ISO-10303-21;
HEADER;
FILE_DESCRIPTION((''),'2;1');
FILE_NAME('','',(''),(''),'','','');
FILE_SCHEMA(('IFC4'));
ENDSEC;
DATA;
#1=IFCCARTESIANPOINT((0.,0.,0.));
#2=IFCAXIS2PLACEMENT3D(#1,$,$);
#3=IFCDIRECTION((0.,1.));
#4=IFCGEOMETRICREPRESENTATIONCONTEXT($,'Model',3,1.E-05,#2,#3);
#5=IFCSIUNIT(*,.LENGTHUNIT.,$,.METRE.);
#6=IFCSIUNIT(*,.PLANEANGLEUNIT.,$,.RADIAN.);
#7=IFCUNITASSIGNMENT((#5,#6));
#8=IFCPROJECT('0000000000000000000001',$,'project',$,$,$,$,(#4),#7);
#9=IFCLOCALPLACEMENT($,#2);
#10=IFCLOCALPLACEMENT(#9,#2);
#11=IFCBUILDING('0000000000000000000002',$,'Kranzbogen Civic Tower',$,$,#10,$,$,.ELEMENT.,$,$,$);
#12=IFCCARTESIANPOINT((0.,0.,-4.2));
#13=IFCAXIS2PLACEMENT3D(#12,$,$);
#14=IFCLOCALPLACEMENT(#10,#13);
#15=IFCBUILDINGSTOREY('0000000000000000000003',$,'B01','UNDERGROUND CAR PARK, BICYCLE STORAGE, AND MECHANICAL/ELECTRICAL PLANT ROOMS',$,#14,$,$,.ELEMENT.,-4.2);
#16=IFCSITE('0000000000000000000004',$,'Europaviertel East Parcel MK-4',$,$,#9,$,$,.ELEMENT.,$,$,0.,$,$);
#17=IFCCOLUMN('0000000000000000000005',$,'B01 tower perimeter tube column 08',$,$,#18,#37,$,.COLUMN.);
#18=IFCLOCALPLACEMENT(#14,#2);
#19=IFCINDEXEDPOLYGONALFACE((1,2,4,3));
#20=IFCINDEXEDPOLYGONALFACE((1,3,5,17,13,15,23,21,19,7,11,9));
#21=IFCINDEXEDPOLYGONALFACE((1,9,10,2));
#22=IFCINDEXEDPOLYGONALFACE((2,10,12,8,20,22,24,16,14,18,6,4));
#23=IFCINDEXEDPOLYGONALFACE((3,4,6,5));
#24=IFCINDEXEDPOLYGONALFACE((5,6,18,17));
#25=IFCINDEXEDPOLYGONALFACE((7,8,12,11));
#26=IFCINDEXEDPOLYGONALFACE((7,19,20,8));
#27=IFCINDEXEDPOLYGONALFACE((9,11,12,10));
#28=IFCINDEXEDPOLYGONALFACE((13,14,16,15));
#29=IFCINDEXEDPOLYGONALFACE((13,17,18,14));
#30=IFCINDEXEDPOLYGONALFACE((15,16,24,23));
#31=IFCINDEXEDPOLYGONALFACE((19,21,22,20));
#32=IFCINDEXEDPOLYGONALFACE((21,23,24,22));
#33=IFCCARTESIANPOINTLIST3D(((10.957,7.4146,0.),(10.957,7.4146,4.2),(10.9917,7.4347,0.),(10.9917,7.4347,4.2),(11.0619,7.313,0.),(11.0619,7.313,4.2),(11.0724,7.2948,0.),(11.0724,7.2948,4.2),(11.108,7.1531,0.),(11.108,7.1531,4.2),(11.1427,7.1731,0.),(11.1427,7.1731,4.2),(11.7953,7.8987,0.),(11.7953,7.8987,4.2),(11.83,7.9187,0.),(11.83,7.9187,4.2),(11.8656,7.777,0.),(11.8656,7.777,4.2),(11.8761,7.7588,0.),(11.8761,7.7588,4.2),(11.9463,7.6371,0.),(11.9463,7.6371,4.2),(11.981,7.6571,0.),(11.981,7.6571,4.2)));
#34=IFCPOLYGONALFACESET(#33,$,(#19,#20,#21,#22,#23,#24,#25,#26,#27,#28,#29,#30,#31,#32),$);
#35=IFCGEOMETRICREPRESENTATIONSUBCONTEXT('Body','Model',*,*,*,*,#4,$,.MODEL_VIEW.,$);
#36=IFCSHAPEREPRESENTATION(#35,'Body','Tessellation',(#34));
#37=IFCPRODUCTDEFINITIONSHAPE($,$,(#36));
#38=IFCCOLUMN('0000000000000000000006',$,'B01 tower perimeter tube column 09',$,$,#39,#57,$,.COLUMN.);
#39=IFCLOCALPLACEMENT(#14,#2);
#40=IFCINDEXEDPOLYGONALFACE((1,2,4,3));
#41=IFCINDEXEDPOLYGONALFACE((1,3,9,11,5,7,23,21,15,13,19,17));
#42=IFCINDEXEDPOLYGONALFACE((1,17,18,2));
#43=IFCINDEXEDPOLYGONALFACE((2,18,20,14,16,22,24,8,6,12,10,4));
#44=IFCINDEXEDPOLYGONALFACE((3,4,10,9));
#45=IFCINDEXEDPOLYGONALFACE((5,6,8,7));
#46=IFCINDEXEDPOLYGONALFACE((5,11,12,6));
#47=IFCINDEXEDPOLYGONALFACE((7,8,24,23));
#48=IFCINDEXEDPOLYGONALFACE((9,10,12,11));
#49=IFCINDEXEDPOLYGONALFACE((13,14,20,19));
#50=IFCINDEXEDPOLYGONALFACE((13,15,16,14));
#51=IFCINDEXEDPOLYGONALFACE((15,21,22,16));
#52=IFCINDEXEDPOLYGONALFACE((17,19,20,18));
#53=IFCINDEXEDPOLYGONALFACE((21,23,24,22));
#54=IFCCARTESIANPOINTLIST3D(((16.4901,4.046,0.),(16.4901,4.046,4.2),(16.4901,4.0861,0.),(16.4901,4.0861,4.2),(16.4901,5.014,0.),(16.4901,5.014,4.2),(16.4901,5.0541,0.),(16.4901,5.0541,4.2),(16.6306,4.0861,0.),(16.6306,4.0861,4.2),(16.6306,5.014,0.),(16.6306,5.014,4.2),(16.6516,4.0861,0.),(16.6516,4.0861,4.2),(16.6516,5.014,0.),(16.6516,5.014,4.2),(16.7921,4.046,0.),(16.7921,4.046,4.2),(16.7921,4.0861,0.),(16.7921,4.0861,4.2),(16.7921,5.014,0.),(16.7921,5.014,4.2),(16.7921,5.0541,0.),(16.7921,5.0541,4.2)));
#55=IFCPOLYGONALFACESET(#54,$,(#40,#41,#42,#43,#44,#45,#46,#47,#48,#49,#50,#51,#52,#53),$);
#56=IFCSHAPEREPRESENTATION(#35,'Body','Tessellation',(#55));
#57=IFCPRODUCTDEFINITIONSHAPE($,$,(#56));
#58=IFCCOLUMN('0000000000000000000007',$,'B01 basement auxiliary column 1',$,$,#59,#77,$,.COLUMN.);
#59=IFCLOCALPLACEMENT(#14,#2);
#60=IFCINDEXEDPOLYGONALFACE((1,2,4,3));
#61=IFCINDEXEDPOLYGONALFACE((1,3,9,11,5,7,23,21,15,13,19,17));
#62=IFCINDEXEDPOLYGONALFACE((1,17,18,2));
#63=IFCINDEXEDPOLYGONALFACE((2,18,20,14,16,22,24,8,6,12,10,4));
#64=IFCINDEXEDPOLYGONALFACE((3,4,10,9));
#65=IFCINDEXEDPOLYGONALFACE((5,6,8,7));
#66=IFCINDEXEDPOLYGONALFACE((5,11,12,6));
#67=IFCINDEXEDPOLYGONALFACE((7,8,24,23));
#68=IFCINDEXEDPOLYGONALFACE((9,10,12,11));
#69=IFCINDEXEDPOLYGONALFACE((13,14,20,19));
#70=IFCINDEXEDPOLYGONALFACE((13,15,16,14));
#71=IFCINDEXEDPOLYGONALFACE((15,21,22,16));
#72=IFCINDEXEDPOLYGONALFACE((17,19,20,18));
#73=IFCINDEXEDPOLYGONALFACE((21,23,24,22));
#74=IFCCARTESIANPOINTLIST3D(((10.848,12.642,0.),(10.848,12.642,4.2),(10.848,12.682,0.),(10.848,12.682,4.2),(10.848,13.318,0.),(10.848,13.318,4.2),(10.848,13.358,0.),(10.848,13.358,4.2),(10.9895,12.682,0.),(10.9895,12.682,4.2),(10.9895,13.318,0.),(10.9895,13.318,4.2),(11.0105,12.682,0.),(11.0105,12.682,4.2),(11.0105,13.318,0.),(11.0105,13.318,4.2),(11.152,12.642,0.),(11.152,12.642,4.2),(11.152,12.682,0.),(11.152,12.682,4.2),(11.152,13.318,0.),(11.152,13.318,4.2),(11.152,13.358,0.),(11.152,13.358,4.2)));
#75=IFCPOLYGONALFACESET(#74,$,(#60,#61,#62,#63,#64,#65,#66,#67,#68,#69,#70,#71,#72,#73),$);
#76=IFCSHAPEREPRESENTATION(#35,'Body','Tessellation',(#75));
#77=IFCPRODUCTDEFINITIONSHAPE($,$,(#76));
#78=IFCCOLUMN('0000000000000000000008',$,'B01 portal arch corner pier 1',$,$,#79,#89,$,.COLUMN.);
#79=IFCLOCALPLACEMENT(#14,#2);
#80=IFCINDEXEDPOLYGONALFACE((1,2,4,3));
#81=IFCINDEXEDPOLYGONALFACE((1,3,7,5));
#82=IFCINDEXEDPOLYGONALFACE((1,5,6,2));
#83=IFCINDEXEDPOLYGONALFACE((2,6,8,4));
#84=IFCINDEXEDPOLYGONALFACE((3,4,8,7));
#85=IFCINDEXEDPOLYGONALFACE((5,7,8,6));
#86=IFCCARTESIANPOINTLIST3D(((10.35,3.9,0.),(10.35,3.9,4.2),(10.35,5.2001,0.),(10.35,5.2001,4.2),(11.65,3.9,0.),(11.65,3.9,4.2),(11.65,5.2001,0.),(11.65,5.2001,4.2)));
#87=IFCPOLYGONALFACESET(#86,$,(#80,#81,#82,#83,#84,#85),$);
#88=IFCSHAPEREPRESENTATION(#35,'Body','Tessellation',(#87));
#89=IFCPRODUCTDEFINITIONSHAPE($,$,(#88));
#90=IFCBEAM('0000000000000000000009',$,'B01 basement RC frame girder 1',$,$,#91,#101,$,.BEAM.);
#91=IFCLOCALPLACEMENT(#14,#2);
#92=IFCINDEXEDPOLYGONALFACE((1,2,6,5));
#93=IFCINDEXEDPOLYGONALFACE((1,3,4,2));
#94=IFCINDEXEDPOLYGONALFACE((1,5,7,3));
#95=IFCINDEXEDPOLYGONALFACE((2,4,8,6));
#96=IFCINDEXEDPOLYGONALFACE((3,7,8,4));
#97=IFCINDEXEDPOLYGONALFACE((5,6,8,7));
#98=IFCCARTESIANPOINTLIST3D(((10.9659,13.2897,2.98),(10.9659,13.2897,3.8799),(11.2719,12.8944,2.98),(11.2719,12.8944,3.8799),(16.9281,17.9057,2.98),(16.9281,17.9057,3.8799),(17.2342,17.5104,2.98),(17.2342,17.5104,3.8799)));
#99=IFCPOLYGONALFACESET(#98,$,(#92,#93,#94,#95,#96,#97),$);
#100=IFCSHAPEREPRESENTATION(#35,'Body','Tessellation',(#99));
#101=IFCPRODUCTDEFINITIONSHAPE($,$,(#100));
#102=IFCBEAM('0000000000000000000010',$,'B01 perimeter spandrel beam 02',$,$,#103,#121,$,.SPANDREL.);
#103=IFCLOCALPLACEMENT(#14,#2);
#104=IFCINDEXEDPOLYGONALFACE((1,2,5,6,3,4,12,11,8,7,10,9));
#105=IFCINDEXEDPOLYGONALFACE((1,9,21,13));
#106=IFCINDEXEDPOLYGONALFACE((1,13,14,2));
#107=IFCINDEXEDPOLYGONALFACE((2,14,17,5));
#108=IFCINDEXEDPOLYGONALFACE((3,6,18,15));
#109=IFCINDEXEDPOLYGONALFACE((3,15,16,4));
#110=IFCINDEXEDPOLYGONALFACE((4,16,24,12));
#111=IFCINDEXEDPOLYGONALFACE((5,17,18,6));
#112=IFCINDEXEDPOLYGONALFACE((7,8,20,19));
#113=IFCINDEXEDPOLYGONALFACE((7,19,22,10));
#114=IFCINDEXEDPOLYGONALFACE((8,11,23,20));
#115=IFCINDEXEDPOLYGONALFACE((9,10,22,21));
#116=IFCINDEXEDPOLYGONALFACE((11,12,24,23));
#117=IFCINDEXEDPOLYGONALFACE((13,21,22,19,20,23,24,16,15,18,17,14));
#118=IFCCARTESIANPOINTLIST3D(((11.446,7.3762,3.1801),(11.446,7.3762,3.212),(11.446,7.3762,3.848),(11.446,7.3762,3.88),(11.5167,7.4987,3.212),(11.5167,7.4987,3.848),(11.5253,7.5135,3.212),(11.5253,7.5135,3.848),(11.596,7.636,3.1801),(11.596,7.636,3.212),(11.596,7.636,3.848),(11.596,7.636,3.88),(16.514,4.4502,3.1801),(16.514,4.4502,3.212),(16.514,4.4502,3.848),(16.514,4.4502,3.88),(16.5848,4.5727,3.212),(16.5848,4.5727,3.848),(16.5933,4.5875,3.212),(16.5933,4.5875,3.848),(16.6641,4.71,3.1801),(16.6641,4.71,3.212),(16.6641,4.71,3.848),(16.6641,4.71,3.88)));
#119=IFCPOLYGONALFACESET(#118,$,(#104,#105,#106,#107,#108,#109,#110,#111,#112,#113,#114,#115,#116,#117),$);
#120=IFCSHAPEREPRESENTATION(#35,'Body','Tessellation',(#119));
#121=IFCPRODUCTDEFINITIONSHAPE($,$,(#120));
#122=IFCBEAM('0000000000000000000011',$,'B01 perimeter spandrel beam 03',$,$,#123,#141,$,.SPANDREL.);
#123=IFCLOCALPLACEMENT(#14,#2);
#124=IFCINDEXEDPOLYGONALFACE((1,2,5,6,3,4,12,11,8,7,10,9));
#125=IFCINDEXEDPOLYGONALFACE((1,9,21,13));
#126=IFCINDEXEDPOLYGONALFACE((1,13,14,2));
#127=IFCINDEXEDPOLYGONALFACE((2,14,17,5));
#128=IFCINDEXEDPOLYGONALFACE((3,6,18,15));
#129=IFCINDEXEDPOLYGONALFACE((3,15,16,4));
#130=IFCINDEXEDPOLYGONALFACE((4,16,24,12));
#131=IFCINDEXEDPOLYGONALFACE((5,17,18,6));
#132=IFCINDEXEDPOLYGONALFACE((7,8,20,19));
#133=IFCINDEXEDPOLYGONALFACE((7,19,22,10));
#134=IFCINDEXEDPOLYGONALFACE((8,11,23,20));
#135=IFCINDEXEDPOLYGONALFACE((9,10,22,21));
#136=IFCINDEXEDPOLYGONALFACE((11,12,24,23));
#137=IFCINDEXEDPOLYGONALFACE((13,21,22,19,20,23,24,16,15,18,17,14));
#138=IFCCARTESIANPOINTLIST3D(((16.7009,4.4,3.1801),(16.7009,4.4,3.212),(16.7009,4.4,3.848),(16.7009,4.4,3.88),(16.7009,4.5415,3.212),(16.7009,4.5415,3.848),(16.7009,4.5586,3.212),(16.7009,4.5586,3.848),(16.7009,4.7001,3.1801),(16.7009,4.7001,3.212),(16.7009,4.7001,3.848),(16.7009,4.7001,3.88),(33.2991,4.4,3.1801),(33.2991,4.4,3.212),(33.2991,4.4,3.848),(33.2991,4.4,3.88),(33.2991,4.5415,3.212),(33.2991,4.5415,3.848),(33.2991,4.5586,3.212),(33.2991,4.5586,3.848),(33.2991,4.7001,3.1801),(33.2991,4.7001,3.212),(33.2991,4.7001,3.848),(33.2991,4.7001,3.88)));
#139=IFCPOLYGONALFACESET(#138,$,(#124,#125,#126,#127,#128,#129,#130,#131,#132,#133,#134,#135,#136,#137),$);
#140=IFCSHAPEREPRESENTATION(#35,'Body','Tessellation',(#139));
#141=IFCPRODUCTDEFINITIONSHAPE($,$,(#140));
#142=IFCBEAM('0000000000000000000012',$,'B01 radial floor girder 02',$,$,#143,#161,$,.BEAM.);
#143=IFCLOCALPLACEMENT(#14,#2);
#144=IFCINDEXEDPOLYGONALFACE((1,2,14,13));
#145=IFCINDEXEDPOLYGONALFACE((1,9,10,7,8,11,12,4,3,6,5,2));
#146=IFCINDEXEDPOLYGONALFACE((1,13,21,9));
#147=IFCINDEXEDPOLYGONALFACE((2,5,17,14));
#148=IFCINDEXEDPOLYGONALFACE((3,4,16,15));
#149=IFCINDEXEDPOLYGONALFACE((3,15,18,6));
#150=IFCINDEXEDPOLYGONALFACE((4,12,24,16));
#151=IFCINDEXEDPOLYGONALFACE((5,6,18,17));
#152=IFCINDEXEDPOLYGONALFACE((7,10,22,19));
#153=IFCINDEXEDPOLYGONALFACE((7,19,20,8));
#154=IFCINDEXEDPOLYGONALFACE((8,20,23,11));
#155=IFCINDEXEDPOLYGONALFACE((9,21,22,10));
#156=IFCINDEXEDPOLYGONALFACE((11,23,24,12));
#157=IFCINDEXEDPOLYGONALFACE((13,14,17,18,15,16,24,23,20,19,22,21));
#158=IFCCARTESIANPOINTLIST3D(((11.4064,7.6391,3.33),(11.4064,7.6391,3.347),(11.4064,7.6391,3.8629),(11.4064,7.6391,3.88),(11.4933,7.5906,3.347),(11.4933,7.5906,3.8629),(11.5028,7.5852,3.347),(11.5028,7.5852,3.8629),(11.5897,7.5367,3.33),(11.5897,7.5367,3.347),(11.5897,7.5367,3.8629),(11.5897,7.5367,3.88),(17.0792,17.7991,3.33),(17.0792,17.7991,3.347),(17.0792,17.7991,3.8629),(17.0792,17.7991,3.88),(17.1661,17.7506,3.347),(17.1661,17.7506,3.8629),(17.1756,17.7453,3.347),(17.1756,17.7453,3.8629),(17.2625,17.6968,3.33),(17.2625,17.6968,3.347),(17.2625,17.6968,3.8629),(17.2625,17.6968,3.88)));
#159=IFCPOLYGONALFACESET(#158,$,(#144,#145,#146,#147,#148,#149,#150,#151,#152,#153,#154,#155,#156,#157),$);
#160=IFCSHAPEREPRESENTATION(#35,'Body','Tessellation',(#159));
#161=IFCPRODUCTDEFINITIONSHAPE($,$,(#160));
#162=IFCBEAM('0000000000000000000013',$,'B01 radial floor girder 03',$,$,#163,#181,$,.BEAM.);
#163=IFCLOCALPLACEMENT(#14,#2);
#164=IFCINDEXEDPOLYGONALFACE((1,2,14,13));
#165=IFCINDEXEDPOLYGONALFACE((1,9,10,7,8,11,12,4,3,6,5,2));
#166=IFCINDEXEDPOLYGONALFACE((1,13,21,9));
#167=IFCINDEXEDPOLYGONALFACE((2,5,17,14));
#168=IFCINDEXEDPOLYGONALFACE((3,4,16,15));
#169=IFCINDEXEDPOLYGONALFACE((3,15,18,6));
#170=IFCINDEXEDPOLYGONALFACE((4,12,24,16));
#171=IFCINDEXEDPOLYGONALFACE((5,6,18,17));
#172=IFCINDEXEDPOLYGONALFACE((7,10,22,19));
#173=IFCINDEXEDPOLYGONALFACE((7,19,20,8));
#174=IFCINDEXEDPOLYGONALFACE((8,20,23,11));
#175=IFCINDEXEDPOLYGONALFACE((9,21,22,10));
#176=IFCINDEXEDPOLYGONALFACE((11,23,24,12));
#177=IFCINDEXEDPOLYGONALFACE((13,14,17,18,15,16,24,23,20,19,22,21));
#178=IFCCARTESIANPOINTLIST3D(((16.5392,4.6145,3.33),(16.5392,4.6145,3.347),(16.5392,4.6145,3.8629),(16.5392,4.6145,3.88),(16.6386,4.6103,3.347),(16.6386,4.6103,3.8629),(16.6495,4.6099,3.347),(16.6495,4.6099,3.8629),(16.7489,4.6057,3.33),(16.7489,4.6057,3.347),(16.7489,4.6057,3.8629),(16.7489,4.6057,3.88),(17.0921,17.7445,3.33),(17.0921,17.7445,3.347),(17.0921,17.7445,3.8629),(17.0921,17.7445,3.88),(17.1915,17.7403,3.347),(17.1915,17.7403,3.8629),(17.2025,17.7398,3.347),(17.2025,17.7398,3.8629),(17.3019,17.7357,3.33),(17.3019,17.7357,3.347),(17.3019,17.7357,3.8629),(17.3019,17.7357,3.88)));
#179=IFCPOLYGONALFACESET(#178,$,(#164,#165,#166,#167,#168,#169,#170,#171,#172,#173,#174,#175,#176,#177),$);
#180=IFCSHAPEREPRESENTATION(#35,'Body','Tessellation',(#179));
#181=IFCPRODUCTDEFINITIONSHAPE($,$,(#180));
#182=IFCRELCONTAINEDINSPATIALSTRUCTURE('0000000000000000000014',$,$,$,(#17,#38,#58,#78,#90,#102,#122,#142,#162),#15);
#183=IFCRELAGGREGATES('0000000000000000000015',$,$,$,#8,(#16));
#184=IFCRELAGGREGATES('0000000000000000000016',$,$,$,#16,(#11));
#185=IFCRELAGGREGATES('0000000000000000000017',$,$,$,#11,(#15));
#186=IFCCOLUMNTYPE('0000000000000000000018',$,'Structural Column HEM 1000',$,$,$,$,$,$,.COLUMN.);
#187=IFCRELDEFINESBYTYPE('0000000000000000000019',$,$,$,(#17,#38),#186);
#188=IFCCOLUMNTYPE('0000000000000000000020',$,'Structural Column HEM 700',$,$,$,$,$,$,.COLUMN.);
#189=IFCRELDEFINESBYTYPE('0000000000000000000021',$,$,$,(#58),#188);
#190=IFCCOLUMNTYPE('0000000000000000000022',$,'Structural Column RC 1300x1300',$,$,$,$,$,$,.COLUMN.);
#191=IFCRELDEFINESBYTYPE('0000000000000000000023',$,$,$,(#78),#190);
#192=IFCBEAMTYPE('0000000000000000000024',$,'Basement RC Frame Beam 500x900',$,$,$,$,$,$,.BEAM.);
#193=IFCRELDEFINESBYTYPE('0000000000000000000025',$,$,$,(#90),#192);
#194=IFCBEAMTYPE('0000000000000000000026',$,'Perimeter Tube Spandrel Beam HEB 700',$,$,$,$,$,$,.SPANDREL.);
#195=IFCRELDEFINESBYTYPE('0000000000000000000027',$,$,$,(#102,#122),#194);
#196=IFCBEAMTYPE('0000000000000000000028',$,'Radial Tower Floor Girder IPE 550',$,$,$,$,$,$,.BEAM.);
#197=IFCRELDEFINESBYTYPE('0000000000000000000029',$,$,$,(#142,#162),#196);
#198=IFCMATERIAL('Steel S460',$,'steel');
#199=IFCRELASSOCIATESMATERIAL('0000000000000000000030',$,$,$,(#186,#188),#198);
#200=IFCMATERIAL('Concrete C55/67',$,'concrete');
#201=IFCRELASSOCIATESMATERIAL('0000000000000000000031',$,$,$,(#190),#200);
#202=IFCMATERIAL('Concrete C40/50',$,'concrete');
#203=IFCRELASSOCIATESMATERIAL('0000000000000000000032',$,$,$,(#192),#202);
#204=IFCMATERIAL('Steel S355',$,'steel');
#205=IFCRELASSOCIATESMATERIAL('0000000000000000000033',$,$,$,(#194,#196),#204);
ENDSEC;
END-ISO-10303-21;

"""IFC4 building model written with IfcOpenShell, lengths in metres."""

from ifc_helpers import new_model, si_unit, direction, frame, origin, origin_2d, place, context, subcontext, project, spatial, rectangle, i_section, extrude, material, material_profile, profile_set, type_object, element, save


model = new_model("IFC4")

# Units and contexts
model_context = context("Model", 3, precision=1e-05, world=origin(), true_north=direction((0.0, 1.0)))
body_context = subcontext(model_context, "Body", "Model", "MODEL_VIEW")
ifc_project = project(units=[si_unit("LENGTHUNIT", "METRE"), si_unit("PLANEANGLEUNIT", "RADIAN")], contexts=[model_context])

# Site, building, storey
site_placement = place(None, origin())
site = spatial("IfcSite", under=ifc_project, at=site_placement, Name="Europaviertel East Parcel MK-4", CompositionType="ELEMENT", RefElevation=0.0)
building_placement = place(site_placement, origin())
building = spatial("IfcBuilding", under=site, at=building_placement, Name="Kranzbogen Civic Tower", CompositionType="ELEMENT")
storey_placement = place(building_placement, frame((0.0, 0.0, -4.2)))
storey = spatial("IfcBuildingStorey", under=building, at=storey_placement, Name="B01", Description="UNDERGROUND CAR PARK, BICYCLE STORAGE, AND MECHANICAL/ELECTRICAL PLANT ROOMS", CompositionType="ELEMENT", Elevation=-4.2)

# Columns
ifc_material_1 = material(Name="Steel S460", Category="steel")
ifc_material_profile_1 = material_profile(ifc_material_1, i_section(OverallWidth=0.302, OverallDepth=1.0081, WebThickness=0.021, FlangeThickness=0.04, at=origin_2d()), Name="HEM 1000")
ifc_profile_set_1 = profile_set([ifc_material_profile_1], Name="Steel S460")
column_type_1 = type_object("IfcColumnType", Name="Structural Column HEM 1000", PredefinedType="COLUMN", material=ifc_profile_set_1)
for number, where, z_axis, x_axis, name in (
    (1, (11.469, 7.5359, 0.0), (0.0, 0.0, 1.0), (-0.5, 0.866025, 0.0), "B01 tower perimeter tube column 08"),
    (2, (16.6411, 4.55, 0.0), (0.0, 0.0, 1.0), (1.0, 0.0, 0.0), "B01 tower perimeter tube column 09"),
):
    element("IfcColumn", number, at=place(storey_placement, frame(where, z_axis=z_axis, x_axis=x_axis)), inside=storey, type_object=column_type_1, Name=name, PredefinedType="COLUMN", context=body_context, shape_type="SweptSolid", body=[
        extrude(i_section(OverallWidth=0.302, OverallDepth=1.0081, WebThickness=0.021, FlangeThickness=0.04, at=origin_2d()), origin(), (0.0, 0.0, 1.0), 4.2),
    ])
ifc_material_profile_2 = material_profile(ifc_material_1, i_section(OverallWidth=0.304, OverallDepth=0.7161, WebThickness=0.021, FlangeThickness=0.04, at=origin_2d()), Name="HEM 700")
ifc_profile_set_2 = profile_set([ifc_material_profile_2], Name="Steel S460")
column_type_2 = type_object("IfcColumnType", Name="Structural Column HEM 700", PredefinedType="COLUMN", material=ifc_profile_set_2)
column_1_placement = place(storey_placement, frame((11.0, 13.0, 0.0), z_axis=(0.0, 0.0, 1.0), x_axis=(1.0, 0.0, 0.0)))
element("IfcColumn", 3, at=column_1_placement, inside=storey, type_object=column_type_2, Name="B01 basement auxiliary column 1", PredefinedType="COLUMN", context=body_context, shape_type="SweptSolid", body=[
    extrude(i_section(OverallWidth=0.304, OverallDepth=0.7161, WebThickness=0.021, FlangeThickness=0.04, at=origin_2d()), origin(), (0.0, 0.0, 1.0), 4.2),
])
ifc_material_2 = material(Name="Concrete C55/67", Category="concrete")
ifc_material_profile_3 = material_profile(ifc_material_2, rectangle(XDim=1.3, YDim=1.3, at=origin_2d()), Name="RC 1300x1300")
ifc_profile_set_3 = profile_set([ifc_material_profile_3], Name="Concrete C55/67")
column_type_3 = type_object("IfcColumnType", Name="Structural Column RC 1300x1300", PredefinedType="COLUMN", material=ifc_profile_set_3)
column_2_placement = place(storey_placement, frame((11.0, 4.55, 0.0), z_axis=(0.0, 0.0, 1.0), x_axis=(1.0, 0.0, 0.0)))
element("IfcColumn", 4, at=column_2_placement, inside=storey, type_object=column_type_3, Name="B01 portal arch corner pier 1", PredefinedType="COLUMN", context=body_context, shape_type="SweptSolid", body=[
    extrude(rectangle(XDim=1.3, YDim=1.3, at=origin_2d()), origin(), (0.0, 0.0, 1.0), 4.2),
])

# Beams
ifc_material_3 = material(Name="Concrete C40/50", Category="concrete")
ifc_material_profile_4 = material_profile(ifc_material_3, rectangle(XDim=0.5, YDim=0.8999, at=origin_2d()), Name="RC-BM 500x900")
ifc_profile_set_4 = profile_set([ifc_material_profile_4], Name="Concrete C40/50")
beam_type_1 = type_object("IfcBeamType", Name="Basement RC Frame Beam 500x900", PredefinedType="BEAM", material=ifc_profile_set_4)
beam_1_placement = place(storey_placement, frame((11.1189, 13.092, 3.4299), z_axis=(0.790717, 0.612182, 0.0), x_axis=(-0.612182, 0.790717, 0.0)))
element("IfcBeam", 5, at=beam_1_placement, inside=storey, type_object=beam_type_1, Name="B01 basement RC frame girder 1", PredefinedType="BEAM", context=body_context, shape_type="SweptSolid", body=[
    extrude(rectangle(XDim=0.5, YDim=0.8999, at=origin_2d()), origin(), (0.0, 0.0, 1.0), 7.5403),
])
ifc_material_4 = material(Name="Steel S355", Category="steel")
ifc_material_profile_5 = material_profile(ifc_material_4, i_section(OverallWidth=0.3, OverallDepth=0.7, WebThickness=0.0171, FlangeThickness=0.032, at=origin_2d()), Name="HEB 700")
ifc_profile_set_5 = profile_set([ifc_material_profile_5], Name="Steel S355")
beam_type_2 = type_object("IfcBeamType", Name="Perimeter Tube Spandrel Beam HEB 700", PredefinedType="SPANDREL", material=ifc_profile_set_5)
beam_2_placement = place(storey_placement, frame((11.521, 7.5061, 3.53), z_axis=(0.866029, -0.499993, 0.0), x_axis=(0.499993, 0.866029, 0.0)))
element("IfcBeam", 6, at=beam_2_placement, inside=storey, type_object=beam_type_2, Name="B01 perimeter spandrel beam 02", PredefinedType="SPANDREL", context=body_context, shape_type="SweptSolid", body=[
    extrude(i_section(OverallWidth=0.3, OverallDepth=0.7, WebThickness=0.0171, FlangeThickness=0.032, at=origin_2d()), origin(), (0.0, 0.0, 1.0), 5.8521),
])
beam_3_placement = place(storey_placement, frame((16.7009, 4.55, 3.53), z_axis=(1.0, 0.0, 0.0), x_axis=(0.0, 1.0, 0.0)))
element("IfcBeam", 7, at=beam_3_placement, inside=storey, type_object=beam_type_2, Name="B01 perimeter spandrel beam 03", PredefinedType="SPANDREL", context=body_context, shape_type="SweptSolid", body=[
    extrude(i_section(OverallWidth=0.3, OverallDepth=0.7, WebThickness=0.0171, FlangeThickness=0.032, at=origin_2d()), origin(), (0.0, 0.0, 1.0), 16.5981),
])
ifc_material_profile_6 = material_profile(ifc_material_4, i_section(OverallWidth=0.21, OverallDepth=0.55, WebThickness=0.011, FlangeThickness=0.0171, at=origin_2d()), Name="IPE 550")
ifc_profile_set_6 = profile_set([ifc_material_profile_6], Name="Steel S355")
beam_type_3 = type_object("IfcBeamType", Name="Radial Tower Floor Girder IPE 550", PredefinedType="BEAM", material=ifc_profile_set_6)
beam_4_placement = place(storey_placement, frame((11.498, 7.5879, 3.605), z_axis=(0.487502, 0.873122, 0.0), x_axis=(-0.873122, 0.487502, 0.0)))
element("IfcBeam", 8, at=beam_4_placement, inside=storey, type_object=beam_type_3, Name="B01 radial floor girder 02", PredefinedType="BEAM", context=body_context, shape_type="SweptSolid", body=[
    extrude(i_section(OverallWidth=0.21, OverallDepth=0.55, WebThickness=0.011, FlangeThickness=0.0171, at=origin_2d()), origin(), (0.0, 0.0, 1.0), 11.6365),
])
beam_5_placement = place(storey_placement, frame((16.644, 4.6101, 3.605), z_axis=(0.042079, 0.999114, 0.0), x_axis=(-0.999114, 0.042079, 0.0)))
element("IfcBeam", 9, at=beam_5_placement, inside=storey, type_object=beam_type_3, Name="B01 radial floor girder 03", PredefinedType="BEAM", context=body_context, shape_type="SweptSolid", body=[
    extrude(i_section(OverallWidth=0.21, OverallDepth=0.55, WebThickness=0.011, FlangeThickness=0.0171, at=origin_2d()), origin(), (0.0, 0.0, 1.0), 13.1416),
])

save(model, "model.ifc")
